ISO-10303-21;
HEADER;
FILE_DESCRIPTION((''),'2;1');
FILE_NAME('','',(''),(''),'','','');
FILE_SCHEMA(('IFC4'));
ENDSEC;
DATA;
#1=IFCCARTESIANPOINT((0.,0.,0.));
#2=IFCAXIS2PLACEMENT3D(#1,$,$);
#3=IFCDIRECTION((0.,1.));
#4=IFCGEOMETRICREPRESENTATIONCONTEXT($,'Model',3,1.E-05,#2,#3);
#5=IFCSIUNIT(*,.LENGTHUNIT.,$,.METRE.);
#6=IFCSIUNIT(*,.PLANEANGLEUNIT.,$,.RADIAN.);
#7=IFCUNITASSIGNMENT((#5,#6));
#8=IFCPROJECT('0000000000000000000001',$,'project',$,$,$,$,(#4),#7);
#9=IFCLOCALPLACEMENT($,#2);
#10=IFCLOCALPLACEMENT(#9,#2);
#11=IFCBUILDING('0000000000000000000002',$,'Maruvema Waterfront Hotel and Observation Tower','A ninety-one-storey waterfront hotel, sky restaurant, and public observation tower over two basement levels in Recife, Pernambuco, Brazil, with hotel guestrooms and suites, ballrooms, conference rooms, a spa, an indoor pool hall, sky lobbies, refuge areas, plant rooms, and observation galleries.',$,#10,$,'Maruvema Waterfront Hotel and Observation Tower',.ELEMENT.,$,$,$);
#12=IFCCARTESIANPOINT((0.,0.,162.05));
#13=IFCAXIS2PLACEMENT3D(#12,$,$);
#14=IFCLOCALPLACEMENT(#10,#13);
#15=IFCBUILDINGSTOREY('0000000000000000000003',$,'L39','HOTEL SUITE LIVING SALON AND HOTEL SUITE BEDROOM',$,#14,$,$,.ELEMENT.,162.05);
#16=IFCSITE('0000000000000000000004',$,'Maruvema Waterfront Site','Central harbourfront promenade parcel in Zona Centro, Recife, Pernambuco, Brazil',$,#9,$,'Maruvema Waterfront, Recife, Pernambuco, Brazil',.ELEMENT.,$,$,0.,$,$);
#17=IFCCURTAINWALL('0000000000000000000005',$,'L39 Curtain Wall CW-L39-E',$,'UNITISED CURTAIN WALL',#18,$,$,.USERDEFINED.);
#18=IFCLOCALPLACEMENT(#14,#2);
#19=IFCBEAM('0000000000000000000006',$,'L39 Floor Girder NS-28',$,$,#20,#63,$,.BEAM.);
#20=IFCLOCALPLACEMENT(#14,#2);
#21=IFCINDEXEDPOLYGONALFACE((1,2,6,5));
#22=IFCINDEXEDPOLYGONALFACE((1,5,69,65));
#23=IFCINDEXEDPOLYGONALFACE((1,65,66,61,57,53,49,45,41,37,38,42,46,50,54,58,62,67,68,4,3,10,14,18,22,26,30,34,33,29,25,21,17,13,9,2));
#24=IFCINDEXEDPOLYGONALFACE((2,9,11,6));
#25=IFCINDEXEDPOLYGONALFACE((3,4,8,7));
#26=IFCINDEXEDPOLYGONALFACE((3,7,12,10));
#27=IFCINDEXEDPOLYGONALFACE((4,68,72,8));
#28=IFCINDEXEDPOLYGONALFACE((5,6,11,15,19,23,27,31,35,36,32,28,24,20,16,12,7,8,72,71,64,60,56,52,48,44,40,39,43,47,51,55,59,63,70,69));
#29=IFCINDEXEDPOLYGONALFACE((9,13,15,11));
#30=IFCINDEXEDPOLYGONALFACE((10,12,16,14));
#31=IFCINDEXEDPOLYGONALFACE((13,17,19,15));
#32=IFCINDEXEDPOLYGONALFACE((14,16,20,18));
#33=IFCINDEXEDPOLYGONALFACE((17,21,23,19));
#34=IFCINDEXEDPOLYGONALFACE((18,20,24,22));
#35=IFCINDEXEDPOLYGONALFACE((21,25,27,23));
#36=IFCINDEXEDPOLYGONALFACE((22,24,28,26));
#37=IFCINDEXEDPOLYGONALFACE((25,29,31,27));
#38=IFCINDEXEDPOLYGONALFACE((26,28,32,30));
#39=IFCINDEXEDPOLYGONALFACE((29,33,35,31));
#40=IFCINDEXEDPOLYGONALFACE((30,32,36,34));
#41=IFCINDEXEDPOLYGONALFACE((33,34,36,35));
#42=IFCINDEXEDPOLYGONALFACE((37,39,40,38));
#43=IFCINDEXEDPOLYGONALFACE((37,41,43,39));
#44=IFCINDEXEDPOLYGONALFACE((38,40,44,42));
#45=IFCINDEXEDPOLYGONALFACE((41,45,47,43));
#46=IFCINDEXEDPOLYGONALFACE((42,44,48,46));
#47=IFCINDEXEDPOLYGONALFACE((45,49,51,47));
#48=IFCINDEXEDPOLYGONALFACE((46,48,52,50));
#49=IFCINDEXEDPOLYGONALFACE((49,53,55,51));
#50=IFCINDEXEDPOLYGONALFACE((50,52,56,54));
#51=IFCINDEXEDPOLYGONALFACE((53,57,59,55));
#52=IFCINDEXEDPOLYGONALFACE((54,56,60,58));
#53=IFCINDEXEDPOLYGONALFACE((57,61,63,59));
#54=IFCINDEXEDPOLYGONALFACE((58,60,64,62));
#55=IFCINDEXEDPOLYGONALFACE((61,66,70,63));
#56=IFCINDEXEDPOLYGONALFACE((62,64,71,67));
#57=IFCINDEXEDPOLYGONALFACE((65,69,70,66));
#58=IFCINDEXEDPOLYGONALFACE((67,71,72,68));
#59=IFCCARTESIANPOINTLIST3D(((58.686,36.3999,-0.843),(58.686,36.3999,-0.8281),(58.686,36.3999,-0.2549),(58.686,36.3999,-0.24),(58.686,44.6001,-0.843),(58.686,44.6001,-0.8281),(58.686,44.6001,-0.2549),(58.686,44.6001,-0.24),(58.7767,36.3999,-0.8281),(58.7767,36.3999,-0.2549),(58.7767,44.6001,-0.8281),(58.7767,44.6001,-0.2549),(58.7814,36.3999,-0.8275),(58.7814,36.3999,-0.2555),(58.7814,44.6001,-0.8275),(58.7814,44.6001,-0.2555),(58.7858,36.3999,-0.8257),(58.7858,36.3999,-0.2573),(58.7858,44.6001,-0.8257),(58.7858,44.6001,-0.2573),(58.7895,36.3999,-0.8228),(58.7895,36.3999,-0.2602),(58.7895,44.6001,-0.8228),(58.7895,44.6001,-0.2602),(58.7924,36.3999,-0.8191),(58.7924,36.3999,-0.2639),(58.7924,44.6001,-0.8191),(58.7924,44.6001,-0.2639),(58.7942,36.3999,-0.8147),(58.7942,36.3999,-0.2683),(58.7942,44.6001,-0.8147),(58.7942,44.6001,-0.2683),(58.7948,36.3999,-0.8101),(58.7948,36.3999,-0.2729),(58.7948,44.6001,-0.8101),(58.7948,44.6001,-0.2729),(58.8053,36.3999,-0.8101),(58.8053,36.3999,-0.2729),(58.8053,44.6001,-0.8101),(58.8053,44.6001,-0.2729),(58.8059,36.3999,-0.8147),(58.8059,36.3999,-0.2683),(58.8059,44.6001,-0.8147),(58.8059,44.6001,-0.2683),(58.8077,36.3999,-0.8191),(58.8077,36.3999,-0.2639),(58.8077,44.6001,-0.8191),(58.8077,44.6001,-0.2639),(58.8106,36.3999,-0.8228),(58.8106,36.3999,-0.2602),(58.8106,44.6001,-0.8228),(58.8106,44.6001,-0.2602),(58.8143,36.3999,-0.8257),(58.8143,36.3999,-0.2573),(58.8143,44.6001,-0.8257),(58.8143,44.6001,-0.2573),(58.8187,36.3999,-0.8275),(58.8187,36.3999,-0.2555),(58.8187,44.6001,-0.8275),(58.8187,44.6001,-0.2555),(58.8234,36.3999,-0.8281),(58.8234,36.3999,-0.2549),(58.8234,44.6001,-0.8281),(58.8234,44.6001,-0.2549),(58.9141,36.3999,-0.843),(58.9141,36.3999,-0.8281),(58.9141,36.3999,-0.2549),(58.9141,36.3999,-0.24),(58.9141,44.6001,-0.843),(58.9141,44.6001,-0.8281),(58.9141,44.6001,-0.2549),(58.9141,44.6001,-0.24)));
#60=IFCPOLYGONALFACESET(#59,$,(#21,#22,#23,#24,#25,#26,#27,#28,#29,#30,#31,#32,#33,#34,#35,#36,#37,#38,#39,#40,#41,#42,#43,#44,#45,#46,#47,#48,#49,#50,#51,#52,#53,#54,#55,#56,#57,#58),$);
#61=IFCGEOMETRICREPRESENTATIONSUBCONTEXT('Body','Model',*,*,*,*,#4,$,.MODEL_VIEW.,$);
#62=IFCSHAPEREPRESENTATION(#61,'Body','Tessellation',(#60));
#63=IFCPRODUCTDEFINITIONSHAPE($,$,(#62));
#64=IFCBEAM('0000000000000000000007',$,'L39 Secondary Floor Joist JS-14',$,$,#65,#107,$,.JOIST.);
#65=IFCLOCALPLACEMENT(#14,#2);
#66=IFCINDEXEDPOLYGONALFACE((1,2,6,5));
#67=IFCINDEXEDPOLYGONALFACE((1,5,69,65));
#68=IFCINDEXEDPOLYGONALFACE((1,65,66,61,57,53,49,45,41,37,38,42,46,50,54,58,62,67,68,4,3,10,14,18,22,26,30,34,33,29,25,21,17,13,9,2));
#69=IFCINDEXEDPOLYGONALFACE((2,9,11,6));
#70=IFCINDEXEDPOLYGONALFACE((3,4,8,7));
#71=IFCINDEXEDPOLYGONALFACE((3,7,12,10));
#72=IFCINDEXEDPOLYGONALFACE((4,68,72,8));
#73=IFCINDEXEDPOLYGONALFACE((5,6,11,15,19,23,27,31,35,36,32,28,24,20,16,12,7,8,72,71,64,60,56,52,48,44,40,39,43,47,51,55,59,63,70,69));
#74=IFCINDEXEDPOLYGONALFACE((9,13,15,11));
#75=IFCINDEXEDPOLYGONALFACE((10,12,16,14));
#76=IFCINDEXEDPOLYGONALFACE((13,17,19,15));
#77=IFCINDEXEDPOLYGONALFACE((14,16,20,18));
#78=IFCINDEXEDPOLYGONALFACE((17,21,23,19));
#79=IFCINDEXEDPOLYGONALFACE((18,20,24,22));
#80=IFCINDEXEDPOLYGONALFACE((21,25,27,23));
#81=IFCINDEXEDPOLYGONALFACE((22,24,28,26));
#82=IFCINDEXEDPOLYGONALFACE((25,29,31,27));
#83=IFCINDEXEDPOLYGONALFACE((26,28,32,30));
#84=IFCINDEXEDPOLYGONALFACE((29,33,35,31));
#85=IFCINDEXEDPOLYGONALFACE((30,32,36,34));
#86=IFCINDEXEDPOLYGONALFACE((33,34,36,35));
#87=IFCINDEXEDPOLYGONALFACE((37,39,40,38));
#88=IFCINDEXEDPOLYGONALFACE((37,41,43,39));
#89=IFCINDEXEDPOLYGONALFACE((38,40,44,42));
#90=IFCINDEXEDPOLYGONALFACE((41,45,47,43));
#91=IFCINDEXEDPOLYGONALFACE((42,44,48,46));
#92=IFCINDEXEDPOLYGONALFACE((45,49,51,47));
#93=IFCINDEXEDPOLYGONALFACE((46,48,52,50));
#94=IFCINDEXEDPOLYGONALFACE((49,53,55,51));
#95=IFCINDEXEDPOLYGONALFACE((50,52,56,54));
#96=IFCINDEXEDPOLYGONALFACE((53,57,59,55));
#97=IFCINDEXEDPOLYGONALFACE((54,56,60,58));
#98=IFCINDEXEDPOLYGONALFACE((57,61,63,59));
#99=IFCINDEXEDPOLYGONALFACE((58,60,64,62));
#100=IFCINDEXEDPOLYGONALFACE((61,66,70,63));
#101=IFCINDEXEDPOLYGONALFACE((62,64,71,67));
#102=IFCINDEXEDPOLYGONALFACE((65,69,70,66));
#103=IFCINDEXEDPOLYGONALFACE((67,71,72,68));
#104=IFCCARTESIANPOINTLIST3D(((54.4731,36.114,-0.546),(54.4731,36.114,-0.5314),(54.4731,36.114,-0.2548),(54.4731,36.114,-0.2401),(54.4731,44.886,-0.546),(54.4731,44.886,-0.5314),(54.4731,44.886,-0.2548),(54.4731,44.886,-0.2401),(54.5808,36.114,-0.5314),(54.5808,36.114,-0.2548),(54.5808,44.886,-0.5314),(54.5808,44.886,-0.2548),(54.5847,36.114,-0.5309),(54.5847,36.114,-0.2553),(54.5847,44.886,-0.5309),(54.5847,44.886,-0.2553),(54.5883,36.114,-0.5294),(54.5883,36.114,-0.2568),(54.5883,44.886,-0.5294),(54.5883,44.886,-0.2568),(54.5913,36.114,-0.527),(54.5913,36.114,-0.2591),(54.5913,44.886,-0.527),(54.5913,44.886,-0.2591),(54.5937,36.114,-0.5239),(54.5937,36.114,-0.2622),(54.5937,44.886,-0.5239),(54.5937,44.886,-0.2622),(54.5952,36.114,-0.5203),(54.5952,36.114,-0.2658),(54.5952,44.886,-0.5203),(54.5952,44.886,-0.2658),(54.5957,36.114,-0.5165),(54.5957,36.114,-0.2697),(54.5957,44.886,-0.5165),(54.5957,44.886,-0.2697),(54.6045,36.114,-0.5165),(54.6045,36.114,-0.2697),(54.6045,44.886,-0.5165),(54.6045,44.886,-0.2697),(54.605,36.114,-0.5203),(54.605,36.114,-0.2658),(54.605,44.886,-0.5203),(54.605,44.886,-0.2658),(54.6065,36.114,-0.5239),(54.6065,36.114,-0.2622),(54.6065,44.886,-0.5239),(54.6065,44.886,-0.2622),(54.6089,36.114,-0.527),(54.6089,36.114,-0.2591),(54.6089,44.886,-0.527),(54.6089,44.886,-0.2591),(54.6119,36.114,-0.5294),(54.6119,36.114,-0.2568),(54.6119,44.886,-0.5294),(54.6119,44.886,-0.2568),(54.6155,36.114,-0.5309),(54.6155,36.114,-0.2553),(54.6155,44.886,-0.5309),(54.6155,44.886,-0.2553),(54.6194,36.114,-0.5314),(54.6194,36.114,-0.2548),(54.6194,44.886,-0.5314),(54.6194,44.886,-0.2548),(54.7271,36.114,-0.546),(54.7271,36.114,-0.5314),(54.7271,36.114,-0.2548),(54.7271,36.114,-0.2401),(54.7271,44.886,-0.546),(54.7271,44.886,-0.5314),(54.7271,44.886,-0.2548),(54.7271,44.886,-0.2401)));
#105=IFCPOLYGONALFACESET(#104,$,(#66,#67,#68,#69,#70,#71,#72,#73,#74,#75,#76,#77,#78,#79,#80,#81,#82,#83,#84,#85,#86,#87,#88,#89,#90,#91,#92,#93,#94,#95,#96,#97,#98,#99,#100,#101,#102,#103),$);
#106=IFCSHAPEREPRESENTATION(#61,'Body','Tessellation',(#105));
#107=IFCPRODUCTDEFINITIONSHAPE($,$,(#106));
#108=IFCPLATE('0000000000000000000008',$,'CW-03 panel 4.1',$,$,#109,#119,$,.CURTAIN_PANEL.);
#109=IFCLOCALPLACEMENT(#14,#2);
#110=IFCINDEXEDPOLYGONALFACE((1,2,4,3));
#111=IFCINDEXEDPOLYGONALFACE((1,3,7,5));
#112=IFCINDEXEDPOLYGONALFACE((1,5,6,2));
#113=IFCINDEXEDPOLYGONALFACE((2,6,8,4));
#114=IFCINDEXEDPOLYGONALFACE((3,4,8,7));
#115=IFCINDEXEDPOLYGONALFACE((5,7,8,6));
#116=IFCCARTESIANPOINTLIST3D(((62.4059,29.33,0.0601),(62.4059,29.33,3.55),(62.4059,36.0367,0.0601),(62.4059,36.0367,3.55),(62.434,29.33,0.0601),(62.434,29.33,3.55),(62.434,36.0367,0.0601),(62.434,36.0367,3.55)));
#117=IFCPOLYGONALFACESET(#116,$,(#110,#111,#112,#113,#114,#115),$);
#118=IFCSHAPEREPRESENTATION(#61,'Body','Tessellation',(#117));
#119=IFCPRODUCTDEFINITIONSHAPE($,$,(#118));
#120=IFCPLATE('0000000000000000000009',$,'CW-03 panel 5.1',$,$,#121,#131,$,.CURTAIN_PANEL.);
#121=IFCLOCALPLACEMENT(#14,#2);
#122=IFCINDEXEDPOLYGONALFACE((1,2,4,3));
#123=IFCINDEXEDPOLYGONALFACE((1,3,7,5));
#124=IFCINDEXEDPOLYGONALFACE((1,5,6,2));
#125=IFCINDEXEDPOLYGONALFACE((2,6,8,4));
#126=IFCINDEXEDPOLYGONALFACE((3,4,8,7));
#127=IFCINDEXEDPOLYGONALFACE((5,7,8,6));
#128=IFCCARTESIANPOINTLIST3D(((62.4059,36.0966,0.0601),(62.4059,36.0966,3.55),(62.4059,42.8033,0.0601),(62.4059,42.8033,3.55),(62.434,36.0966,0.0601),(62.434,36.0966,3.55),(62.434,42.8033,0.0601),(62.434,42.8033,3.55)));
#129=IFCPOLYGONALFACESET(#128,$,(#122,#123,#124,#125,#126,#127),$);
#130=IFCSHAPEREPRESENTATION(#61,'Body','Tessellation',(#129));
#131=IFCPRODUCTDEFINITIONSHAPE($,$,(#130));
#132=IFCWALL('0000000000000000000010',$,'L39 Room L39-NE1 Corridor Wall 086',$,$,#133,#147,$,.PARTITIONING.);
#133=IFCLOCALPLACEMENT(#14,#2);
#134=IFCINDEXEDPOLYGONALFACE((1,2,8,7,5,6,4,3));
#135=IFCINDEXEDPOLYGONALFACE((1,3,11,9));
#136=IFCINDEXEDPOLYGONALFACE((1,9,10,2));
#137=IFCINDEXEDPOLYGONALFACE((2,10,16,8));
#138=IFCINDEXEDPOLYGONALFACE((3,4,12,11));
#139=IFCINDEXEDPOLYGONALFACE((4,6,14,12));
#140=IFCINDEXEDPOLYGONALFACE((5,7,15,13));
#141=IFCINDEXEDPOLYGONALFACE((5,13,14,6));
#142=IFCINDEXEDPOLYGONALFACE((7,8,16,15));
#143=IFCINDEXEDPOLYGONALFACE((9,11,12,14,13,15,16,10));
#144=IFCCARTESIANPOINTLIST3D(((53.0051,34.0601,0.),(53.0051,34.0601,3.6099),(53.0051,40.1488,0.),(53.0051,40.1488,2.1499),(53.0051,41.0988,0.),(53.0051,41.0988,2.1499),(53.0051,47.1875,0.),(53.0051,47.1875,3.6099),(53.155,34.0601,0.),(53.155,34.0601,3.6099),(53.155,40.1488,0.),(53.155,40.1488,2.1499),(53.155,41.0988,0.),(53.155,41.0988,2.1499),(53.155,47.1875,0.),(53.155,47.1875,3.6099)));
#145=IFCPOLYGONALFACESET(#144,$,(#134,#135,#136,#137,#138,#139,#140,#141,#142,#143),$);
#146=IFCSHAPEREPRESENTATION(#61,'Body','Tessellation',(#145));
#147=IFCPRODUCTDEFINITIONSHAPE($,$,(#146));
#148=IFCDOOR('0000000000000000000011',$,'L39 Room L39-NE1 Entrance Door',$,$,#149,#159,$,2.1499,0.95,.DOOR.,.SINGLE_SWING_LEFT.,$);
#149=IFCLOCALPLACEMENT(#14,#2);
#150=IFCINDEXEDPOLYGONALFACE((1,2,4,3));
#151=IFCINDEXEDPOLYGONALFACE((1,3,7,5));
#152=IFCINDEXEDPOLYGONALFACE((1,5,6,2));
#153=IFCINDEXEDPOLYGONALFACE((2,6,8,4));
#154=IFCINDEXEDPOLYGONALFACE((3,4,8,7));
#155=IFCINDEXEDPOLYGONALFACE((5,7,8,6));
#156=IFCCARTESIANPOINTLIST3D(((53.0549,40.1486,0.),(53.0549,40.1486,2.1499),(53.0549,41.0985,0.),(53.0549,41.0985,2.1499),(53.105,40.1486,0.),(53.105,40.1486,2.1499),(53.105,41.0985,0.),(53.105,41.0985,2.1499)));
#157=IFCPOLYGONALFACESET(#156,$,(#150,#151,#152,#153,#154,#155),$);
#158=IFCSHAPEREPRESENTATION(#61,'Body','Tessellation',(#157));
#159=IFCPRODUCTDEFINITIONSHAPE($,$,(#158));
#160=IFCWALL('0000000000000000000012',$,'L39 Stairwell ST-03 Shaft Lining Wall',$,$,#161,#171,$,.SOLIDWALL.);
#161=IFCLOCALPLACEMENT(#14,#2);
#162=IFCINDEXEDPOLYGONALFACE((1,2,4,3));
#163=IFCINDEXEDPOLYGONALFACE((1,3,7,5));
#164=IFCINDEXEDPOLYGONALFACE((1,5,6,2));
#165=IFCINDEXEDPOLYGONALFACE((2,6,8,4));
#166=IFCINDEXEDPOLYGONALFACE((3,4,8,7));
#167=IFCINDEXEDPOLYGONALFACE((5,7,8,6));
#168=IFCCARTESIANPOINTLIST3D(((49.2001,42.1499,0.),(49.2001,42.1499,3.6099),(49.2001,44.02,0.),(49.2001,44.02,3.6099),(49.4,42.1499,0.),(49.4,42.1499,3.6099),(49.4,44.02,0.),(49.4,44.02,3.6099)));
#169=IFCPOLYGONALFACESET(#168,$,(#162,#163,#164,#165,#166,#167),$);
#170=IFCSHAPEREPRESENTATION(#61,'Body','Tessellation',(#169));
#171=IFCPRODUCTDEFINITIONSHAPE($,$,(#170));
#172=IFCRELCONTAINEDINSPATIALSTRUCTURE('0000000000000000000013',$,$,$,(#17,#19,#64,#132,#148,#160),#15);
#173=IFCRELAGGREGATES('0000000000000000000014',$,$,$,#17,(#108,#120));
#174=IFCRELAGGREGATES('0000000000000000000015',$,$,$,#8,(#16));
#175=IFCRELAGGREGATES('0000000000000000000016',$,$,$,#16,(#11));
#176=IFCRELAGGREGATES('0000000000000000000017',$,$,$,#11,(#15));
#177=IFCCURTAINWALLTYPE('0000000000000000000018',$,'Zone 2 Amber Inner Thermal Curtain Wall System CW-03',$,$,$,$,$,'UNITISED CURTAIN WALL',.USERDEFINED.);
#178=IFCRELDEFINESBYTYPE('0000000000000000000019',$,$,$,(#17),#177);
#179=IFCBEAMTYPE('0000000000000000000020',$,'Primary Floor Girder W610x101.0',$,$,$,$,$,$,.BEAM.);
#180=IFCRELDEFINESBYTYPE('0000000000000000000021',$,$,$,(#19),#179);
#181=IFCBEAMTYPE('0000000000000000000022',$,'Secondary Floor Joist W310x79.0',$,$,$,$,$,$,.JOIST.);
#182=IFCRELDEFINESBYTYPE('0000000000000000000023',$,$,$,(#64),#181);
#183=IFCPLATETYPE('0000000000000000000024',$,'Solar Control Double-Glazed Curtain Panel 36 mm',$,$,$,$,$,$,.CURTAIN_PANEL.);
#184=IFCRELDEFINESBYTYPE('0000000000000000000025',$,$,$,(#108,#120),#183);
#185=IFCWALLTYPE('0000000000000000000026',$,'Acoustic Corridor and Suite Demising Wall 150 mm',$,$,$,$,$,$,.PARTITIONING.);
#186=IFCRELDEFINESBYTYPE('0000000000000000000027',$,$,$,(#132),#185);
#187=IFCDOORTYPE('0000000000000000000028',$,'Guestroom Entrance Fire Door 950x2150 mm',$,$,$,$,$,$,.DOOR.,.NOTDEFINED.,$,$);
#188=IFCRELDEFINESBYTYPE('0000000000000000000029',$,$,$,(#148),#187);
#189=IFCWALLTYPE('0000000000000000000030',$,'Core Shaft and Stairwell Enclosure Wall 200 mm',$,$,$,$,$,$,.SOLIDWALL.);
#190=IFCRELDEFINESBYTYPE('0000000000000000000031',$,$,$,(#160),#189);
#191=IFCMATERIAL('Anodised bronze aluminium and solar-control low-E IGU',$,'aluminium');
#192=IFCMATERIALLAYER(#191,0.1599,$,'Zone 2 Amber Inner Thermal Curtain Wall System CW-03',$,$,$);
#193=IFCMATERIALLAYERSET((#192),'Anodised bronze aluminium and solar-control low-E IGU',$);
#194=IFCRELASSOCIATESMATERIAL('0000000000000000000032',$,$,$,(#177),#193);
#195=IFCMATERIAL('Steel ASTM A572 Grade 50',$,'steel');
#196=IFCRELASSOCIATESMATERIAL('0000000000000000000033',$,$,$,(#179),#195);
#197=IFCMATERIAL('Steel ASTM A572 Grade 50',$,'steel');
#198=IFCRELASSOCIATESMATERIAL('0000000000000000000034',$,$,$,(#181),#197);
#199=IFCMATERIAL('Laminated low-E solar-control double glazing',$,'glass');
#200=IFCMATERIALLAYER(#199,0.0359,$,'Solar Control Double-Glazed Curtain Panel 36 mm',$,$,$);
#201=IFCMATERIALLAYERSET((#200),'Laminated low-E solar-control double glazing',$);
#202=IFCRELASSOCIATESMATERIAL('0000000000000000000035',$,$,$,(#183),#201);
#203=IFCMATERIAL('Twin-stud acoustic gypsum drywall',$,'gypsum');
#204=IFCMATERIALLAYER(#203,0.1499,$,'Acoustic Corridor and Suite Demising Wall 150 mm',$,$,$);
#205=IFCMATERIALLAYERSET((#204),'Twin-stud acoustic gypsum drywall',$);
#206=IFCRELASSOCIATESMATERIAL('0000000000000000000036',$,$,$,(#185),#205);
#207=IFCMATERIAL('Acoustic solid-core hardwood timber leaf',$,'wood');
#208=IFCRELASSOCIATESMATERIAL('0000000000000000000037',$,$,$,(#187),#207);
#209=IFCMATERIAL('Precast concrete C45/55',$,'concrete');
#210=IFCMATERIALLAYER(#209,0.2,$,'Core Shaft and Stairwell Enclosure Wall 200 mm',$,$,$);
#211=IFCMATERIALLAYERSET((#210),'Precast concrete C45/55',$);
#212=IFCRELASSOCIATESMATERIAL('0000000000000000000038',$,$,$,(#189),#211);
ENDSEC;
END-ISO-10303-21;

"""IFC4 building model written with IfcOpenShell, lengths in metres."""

from ifc_helpers import new_model, si_unit, direction, frame, frame_2d, origin, origin_2d, place, context, subcontext, project, spatial, rectangle, i_section, extrude, material, layer, layer_set, material_profile, profile_set, type_object, element, fill, aggregate, save


model = new_model("IFC4")

# Units and contexts
model_context = context("Model", 3, precision=1e-05, world=origin(), true_north=direction((0.0, 1.0)))
body_context = subcontext(model_context, "Body", "Model", "MODEL_VIEW")
ifc_project = project(units=[si_unit("LENGTHUNIT", "METRE"), si_unit("PLANEANGLEUNIT", "RADIAN")], contexts=[model_context])

# Site, building, storey
site_placement = place(None, origin())
site = spatial("IfcSite", under=ifc_project, at=site_placement, Name="Maruvema Waterfront Site", Description="Central harbourfront promenade parcel in Zona Centro, Recife, Pernambuco, Brazil", LongName="Maruvema Waterfront, Recife, Pernambuco, Brazil", CompositionType="ELEMENT", RefElevation=0.0)
building_placement = place(site_placement, origin())
building = spatial("IfcBuilding", under=site, at=building_placement, Name="Maruvema Waterfront Hotel and Observation Tower", Description="A ninety-one-storey waterfront hotel, sky restaurant, and public observation tower over two basement levels in Recife, Pernambuco, Brazil, with hotel guestrooms and suites, ballrooms, conference rooms, a spa, an indoor pool hall, sky lobbies, refuge areas, plant rooms, and observation galleries.", LongName="Maruvema Waterfront Hotel and Observation Tower", CompositionType="ELEMENT")
storey_placement = place(building_placement, frame((0.0, 0.0, 162.05)))
storey = spatial("IfcBuildingStorey", under=building, at=storey_placement, Name="L39", Description="HOTEL SUITE LIVING SALON AND HOTEL SUITE BEDROOM", CompositionType="ELEMENT", Elevation=162.05)

# Curtain wall
ifc_material_1 = material(Name="Anodised bronze aluminium and solar-control low-E IGU", Category="aluminium")
ifc_layer_1 = layer(ifc_material_1, 0.1599, Name="Zone 2 Amber Inner Thermal Curtain Wall System CW-03")
ifc_layer_set_1 = layer_set([ifc_layer_1], Name="Anodised bronze aluminium and solar-control low-E IGU")
curtain_wall_type = type_object("IfcCurtainWallType", Name="Zone 2 Amber Inner Thermal Curtain Wall System CW-03", ElementType="UNITISED CURTAIN WALL", PredefinedType="USERDEFINED", material=ifc_layer_set_1)
curtain_wall_placement = place(storey_placement, origin())
curtain_wall = element("IfcCurtainWall", 1, at=curtain_wall_placement, inside=storey, type_object=curtain_wall_type, Name="L39 Curtain Wall CW-L39-E", ObjectType="UNITISED CURTAIN WALL", PredefinedType="USERDEFINED")

# Beams
ifc_material_2 = material(Name="Steel ASTM A572 Grade 50", Category="steel")
ifc_material_profile_1 = material_profile(ifc_material_2, i_section(OverallWidth=0.228, OverallDepth=0.603, WebThickness=0.0105, FlangeThickness=0.0149, FilletRadius=0.0181, at=origin_2d()), Name="W610x101.0")
ifc_profile_set_1 = profile_set([ifc_material_profile_1], Name="Steel ASTM A572 Grade 50")
beam_type_1 = type_object("IfcBeamType", Name="Primary Floor Girder W610x101.0", PredefinedType="BEAM", material=ifc_profile_set_1)
beam_1_placement = place(storey_placement, frame((58.8, 36.3999, -0.5415), z_axis=(0.0, 1.0, 0.0), x_axis=(-1.0, 0.0, 0.0)))
element("IfcBeam", 2, at=beam_1_placement, inside=storey, type_object=beam_type_1, Name="L39 Floor Girder NS-28", PredefinedType="BEAM", context=body_context, shape_type="SweptSolid", body=[
    extrude(i_section(OverallWidth=0.228, OverallDepth=0.603, WebThickness=0.0105, FlangeThickness=0.0149, FilletRadius=0.0181, at=origin_2d()), origin(), (0.0, 0.0, 1.0), 8.2002),
])
ifc_material_3 = material(Name="Steel ASTM A572 Grade 50", Category="steel")
ifc_material_profile_2 = material_profile(ifc_material_3, i_section(OverallWidth=0.2539, OverallDepth=0.3059, WebThickness=0.0088, FlangeThickness=0.0146, FilletRadius=0.0149, at=origin_2d()), Name="W310x79.0")
ifc_profile_set_2 = profile_set([ifc_material_profile_2], Name="Steel ASTM A572 Grade 50")
beam_type_2 = type_object("IfcBeamType", Name="Secondary Floor Joist W310x79.0", PredefinedType="JOIST", material=ifc_profile_set_2)
beam_2_placement = place(storey_placement, frame((54.6001, 36.114, -0.3931), z_axis=(0.0, 1.0, 0.0), x_axis=(-1.0, 0.0, 0.0)))
element("IfcBeam", 3, at=beam_2_placement, inside=storey, type_object=beam_type_2, Name="L39 Secondary Floor Joist JS-14", PredefinedType="JOIST", context=body_context, shape_type="SweptSolid", body=[
    extrude(i_section(OverallWidth=0.2539, OverallDepth=0.3059, WebThickness=0.0088, FlangeThickness=0.0146, FilletRadius=0.0149, at=origin_2d()), origin(), (0.0, 0.0, 1.0), 8.772),
])

# Plates
ifc_material_4 = material(Name="Laminated low-E solar-control double glazing", Category="glass")
ifc_layer_2 = layer(ifc_material_4, 0.0359, Name="Solar Control Double-Glazed Curtain Panel 36 mm")
ifc_layer_set_2 = layer_set([ifc_layer_2], Name="Laminated low-E solar-control double glazing")
plate_type = type_object("IfcPlateType", Name="Solar Control Double-Glazed Curtain Panel 36 mm", PredefinedType="CURTAIN_PANEL", material=ifc_layer_set_2)
plate_1_placement = place(storey_placement, frame((62.4199, 32.6833, 0.0601), z_axis=(0.0, 0.0, 1.0), x_axis=(0.0, 1.0, 0.0)))
plate_1 = element("IfcPlate", 4, at=plate_1_placement, type_object=plate_type, Name="CW-03 panel 4.1", PredefinedType="CURTAIN_PANEL", context=body_context, shape_type="SweptSolid", body=[
    extrude(rectangle(XDim=6.7068, YDim=0.0281, at=origin_2d()), origin(), (0.0, 0.0, 1.0), 3.49),
])
plate_2_placement = place(storey_placement, frame((62.4199, 39.45, 0.0601), z_axis=(0.0, 0.0, 1.0), x_axis=(0.0, 1.0, 0.0)))
plate_2 = element("IfcPlate", 5, at=plate_2_placement, type_object=plate_type, Name="CW-03 panel 5.1", PredefinedType="CURTAIN_PANEL", context=body_context, shape_type="SweptSolid", body=[
    extrude(rectangle(XDim=6.7068, YDim=0.0281, at=origin_2d()), origin(), (0.0, 0.0, 1.0), 3.49),
])
aggregate(curtain_wall, [plate_1, plate_2])

# Wall, opening, door
ifc_material_5 = material(Name="Twin-stud acoustic gypsum drywall", Category="gypsum")
ifc_layer_3 = layer(ifc_material_5, 0.1499, Name="Acoustic Corridor and Suite Demising Wall 150 mm")
ifc_layer_set_3 = layer_set([ifc_layer_3], Name="Twin-stud acoustic gypsum drywall")
wall_type_1 = type_object("IfcWallType", Name="Acoustic Corridor and Suite Demising Wall 150 mm", PredefinedType="PARTITIONING", material=ifc_layer_set_3)
wall_1_placement = place(storey_placement, frame((53.0801, 34.0601, 0.0), z_axis=(0.0, 0.0, 1.0), x_axis=(0.0, 1.0, 0.0)))
wall_1 = element("IfcWall", 6, at=wall_1_placement, inside=storey, type_object=wall_type_1, Name="L39 Room L39-NE1 Corridor Wall 086", PredefinedType="PARTITIONING", context=body_context, shape_type="SweptSolid", body=[
    extrude(rectangle(XDim=13.1274, YDim=0.1499, at=frame_2d((6.5637, 0.0))), origin(), (0.0, 0.0, 1.0), 3.6099),
])
opening_1_placement = place(wall_1_placement, frame((6.0886, 0.0, 0.0)))
opening_1 = element("IfcOpeningElement", 7, at=opening_1_placement, cuts=wall_1, PredefinedType="OPENING", context=body_context, shape_type="SweptSolid", body=[
    extrude(rectangle(XDim=0.95, YDim=2.1499, at=frame_2d((0.4751, 1.075))), frame((0.0, 0.085, 0.0), z_axis=(0.0, -1.0, 0.0), x_axis=(1.0, 0.0, 0.0)), (0.0, 0.0, 1.0), 0.1699),
])
ifc_material_6 = material(Name="Acoustic solid-core hardwood timber leaf", Category="wood")
door_type_1 = type_object("IfcDoorType", Name="Guestroom Entrance Fire Door 950x2150 mm", OperationType="NOTDEFINED", PredefinedType="DOOR", material=ifc_material_6)
door_1_placement = place(opening_1_placement, frame((0.95, 0.0, 0.0), z_axis=(0.0, 0.0, 1.0), x_axis=(-1.0, 0.0, 0.0)))
door_1 = element("IfcDoor", 8, at=door_1_placement, inside=storey, type_object=door_type_1, Name="L39 Room L39-NE1 Entrance Door", OperationType="SINGLE_SWING_LEFT", OverallHeight=2.1499, OverallWidth=0.95, PredefinedType="DOOR", context=body_context, shape_type="SweptSolid", body=[
    extrude(rectangle(XDim=0.95, YDim=2.1499, at=frame_2d((0.4751, 1.075))), frame((0.0, 0.0249, 0.0), z_axis=(0.0, -1.0, 0.0), x_axis=(1.0, 0.0, 0.0)), (0.0, 0.0, 1.0), 0.05),
])
fill(opening_1, door_1)

# Wall
ifc_material_7 = material(Name="Precast concrete C45/55", Category="concrete")
ifc_layer_4 = layer(ifc_material_7, 0.2, Name="Core Shaft and Stairwell Enclosure Wall 200 mm")
ifc_layer_set_4 = layer_set([ifc_layer_4], Name="Precast concrete C45/55")
wall_type_2 = type_object("IfcWallType", Name="Core Shaft and Stairwell Enclosure Wall 200 mm", PredefinedType="SOLIDWALL", material=ifc_layer_set_4)
wall_2_placement = place(storey_placement, frame((49.3, 42.1499, 0.0), z_axis=(0.0, 0.0, 1.0), x_axis=(0.0, 1.0, 0.0)))
element("IfcWall", 9, at=wall_2_placement, inside=storey, type_object=wall_type_2, Name="L39 Stairwell ST-03 Shaft Lining Wall", PredefinedType="SOLIDWALL", context=body_context, shape_type="SweptSolid", body=[
    extrude(rectangle(XDim=1.8701, YDim=0.2, at=frame_2d((0.9351, 0.0))), origin(), (0.0, 0.0, 1.0), 3.6099),
])

save(model, "model.ifc")
